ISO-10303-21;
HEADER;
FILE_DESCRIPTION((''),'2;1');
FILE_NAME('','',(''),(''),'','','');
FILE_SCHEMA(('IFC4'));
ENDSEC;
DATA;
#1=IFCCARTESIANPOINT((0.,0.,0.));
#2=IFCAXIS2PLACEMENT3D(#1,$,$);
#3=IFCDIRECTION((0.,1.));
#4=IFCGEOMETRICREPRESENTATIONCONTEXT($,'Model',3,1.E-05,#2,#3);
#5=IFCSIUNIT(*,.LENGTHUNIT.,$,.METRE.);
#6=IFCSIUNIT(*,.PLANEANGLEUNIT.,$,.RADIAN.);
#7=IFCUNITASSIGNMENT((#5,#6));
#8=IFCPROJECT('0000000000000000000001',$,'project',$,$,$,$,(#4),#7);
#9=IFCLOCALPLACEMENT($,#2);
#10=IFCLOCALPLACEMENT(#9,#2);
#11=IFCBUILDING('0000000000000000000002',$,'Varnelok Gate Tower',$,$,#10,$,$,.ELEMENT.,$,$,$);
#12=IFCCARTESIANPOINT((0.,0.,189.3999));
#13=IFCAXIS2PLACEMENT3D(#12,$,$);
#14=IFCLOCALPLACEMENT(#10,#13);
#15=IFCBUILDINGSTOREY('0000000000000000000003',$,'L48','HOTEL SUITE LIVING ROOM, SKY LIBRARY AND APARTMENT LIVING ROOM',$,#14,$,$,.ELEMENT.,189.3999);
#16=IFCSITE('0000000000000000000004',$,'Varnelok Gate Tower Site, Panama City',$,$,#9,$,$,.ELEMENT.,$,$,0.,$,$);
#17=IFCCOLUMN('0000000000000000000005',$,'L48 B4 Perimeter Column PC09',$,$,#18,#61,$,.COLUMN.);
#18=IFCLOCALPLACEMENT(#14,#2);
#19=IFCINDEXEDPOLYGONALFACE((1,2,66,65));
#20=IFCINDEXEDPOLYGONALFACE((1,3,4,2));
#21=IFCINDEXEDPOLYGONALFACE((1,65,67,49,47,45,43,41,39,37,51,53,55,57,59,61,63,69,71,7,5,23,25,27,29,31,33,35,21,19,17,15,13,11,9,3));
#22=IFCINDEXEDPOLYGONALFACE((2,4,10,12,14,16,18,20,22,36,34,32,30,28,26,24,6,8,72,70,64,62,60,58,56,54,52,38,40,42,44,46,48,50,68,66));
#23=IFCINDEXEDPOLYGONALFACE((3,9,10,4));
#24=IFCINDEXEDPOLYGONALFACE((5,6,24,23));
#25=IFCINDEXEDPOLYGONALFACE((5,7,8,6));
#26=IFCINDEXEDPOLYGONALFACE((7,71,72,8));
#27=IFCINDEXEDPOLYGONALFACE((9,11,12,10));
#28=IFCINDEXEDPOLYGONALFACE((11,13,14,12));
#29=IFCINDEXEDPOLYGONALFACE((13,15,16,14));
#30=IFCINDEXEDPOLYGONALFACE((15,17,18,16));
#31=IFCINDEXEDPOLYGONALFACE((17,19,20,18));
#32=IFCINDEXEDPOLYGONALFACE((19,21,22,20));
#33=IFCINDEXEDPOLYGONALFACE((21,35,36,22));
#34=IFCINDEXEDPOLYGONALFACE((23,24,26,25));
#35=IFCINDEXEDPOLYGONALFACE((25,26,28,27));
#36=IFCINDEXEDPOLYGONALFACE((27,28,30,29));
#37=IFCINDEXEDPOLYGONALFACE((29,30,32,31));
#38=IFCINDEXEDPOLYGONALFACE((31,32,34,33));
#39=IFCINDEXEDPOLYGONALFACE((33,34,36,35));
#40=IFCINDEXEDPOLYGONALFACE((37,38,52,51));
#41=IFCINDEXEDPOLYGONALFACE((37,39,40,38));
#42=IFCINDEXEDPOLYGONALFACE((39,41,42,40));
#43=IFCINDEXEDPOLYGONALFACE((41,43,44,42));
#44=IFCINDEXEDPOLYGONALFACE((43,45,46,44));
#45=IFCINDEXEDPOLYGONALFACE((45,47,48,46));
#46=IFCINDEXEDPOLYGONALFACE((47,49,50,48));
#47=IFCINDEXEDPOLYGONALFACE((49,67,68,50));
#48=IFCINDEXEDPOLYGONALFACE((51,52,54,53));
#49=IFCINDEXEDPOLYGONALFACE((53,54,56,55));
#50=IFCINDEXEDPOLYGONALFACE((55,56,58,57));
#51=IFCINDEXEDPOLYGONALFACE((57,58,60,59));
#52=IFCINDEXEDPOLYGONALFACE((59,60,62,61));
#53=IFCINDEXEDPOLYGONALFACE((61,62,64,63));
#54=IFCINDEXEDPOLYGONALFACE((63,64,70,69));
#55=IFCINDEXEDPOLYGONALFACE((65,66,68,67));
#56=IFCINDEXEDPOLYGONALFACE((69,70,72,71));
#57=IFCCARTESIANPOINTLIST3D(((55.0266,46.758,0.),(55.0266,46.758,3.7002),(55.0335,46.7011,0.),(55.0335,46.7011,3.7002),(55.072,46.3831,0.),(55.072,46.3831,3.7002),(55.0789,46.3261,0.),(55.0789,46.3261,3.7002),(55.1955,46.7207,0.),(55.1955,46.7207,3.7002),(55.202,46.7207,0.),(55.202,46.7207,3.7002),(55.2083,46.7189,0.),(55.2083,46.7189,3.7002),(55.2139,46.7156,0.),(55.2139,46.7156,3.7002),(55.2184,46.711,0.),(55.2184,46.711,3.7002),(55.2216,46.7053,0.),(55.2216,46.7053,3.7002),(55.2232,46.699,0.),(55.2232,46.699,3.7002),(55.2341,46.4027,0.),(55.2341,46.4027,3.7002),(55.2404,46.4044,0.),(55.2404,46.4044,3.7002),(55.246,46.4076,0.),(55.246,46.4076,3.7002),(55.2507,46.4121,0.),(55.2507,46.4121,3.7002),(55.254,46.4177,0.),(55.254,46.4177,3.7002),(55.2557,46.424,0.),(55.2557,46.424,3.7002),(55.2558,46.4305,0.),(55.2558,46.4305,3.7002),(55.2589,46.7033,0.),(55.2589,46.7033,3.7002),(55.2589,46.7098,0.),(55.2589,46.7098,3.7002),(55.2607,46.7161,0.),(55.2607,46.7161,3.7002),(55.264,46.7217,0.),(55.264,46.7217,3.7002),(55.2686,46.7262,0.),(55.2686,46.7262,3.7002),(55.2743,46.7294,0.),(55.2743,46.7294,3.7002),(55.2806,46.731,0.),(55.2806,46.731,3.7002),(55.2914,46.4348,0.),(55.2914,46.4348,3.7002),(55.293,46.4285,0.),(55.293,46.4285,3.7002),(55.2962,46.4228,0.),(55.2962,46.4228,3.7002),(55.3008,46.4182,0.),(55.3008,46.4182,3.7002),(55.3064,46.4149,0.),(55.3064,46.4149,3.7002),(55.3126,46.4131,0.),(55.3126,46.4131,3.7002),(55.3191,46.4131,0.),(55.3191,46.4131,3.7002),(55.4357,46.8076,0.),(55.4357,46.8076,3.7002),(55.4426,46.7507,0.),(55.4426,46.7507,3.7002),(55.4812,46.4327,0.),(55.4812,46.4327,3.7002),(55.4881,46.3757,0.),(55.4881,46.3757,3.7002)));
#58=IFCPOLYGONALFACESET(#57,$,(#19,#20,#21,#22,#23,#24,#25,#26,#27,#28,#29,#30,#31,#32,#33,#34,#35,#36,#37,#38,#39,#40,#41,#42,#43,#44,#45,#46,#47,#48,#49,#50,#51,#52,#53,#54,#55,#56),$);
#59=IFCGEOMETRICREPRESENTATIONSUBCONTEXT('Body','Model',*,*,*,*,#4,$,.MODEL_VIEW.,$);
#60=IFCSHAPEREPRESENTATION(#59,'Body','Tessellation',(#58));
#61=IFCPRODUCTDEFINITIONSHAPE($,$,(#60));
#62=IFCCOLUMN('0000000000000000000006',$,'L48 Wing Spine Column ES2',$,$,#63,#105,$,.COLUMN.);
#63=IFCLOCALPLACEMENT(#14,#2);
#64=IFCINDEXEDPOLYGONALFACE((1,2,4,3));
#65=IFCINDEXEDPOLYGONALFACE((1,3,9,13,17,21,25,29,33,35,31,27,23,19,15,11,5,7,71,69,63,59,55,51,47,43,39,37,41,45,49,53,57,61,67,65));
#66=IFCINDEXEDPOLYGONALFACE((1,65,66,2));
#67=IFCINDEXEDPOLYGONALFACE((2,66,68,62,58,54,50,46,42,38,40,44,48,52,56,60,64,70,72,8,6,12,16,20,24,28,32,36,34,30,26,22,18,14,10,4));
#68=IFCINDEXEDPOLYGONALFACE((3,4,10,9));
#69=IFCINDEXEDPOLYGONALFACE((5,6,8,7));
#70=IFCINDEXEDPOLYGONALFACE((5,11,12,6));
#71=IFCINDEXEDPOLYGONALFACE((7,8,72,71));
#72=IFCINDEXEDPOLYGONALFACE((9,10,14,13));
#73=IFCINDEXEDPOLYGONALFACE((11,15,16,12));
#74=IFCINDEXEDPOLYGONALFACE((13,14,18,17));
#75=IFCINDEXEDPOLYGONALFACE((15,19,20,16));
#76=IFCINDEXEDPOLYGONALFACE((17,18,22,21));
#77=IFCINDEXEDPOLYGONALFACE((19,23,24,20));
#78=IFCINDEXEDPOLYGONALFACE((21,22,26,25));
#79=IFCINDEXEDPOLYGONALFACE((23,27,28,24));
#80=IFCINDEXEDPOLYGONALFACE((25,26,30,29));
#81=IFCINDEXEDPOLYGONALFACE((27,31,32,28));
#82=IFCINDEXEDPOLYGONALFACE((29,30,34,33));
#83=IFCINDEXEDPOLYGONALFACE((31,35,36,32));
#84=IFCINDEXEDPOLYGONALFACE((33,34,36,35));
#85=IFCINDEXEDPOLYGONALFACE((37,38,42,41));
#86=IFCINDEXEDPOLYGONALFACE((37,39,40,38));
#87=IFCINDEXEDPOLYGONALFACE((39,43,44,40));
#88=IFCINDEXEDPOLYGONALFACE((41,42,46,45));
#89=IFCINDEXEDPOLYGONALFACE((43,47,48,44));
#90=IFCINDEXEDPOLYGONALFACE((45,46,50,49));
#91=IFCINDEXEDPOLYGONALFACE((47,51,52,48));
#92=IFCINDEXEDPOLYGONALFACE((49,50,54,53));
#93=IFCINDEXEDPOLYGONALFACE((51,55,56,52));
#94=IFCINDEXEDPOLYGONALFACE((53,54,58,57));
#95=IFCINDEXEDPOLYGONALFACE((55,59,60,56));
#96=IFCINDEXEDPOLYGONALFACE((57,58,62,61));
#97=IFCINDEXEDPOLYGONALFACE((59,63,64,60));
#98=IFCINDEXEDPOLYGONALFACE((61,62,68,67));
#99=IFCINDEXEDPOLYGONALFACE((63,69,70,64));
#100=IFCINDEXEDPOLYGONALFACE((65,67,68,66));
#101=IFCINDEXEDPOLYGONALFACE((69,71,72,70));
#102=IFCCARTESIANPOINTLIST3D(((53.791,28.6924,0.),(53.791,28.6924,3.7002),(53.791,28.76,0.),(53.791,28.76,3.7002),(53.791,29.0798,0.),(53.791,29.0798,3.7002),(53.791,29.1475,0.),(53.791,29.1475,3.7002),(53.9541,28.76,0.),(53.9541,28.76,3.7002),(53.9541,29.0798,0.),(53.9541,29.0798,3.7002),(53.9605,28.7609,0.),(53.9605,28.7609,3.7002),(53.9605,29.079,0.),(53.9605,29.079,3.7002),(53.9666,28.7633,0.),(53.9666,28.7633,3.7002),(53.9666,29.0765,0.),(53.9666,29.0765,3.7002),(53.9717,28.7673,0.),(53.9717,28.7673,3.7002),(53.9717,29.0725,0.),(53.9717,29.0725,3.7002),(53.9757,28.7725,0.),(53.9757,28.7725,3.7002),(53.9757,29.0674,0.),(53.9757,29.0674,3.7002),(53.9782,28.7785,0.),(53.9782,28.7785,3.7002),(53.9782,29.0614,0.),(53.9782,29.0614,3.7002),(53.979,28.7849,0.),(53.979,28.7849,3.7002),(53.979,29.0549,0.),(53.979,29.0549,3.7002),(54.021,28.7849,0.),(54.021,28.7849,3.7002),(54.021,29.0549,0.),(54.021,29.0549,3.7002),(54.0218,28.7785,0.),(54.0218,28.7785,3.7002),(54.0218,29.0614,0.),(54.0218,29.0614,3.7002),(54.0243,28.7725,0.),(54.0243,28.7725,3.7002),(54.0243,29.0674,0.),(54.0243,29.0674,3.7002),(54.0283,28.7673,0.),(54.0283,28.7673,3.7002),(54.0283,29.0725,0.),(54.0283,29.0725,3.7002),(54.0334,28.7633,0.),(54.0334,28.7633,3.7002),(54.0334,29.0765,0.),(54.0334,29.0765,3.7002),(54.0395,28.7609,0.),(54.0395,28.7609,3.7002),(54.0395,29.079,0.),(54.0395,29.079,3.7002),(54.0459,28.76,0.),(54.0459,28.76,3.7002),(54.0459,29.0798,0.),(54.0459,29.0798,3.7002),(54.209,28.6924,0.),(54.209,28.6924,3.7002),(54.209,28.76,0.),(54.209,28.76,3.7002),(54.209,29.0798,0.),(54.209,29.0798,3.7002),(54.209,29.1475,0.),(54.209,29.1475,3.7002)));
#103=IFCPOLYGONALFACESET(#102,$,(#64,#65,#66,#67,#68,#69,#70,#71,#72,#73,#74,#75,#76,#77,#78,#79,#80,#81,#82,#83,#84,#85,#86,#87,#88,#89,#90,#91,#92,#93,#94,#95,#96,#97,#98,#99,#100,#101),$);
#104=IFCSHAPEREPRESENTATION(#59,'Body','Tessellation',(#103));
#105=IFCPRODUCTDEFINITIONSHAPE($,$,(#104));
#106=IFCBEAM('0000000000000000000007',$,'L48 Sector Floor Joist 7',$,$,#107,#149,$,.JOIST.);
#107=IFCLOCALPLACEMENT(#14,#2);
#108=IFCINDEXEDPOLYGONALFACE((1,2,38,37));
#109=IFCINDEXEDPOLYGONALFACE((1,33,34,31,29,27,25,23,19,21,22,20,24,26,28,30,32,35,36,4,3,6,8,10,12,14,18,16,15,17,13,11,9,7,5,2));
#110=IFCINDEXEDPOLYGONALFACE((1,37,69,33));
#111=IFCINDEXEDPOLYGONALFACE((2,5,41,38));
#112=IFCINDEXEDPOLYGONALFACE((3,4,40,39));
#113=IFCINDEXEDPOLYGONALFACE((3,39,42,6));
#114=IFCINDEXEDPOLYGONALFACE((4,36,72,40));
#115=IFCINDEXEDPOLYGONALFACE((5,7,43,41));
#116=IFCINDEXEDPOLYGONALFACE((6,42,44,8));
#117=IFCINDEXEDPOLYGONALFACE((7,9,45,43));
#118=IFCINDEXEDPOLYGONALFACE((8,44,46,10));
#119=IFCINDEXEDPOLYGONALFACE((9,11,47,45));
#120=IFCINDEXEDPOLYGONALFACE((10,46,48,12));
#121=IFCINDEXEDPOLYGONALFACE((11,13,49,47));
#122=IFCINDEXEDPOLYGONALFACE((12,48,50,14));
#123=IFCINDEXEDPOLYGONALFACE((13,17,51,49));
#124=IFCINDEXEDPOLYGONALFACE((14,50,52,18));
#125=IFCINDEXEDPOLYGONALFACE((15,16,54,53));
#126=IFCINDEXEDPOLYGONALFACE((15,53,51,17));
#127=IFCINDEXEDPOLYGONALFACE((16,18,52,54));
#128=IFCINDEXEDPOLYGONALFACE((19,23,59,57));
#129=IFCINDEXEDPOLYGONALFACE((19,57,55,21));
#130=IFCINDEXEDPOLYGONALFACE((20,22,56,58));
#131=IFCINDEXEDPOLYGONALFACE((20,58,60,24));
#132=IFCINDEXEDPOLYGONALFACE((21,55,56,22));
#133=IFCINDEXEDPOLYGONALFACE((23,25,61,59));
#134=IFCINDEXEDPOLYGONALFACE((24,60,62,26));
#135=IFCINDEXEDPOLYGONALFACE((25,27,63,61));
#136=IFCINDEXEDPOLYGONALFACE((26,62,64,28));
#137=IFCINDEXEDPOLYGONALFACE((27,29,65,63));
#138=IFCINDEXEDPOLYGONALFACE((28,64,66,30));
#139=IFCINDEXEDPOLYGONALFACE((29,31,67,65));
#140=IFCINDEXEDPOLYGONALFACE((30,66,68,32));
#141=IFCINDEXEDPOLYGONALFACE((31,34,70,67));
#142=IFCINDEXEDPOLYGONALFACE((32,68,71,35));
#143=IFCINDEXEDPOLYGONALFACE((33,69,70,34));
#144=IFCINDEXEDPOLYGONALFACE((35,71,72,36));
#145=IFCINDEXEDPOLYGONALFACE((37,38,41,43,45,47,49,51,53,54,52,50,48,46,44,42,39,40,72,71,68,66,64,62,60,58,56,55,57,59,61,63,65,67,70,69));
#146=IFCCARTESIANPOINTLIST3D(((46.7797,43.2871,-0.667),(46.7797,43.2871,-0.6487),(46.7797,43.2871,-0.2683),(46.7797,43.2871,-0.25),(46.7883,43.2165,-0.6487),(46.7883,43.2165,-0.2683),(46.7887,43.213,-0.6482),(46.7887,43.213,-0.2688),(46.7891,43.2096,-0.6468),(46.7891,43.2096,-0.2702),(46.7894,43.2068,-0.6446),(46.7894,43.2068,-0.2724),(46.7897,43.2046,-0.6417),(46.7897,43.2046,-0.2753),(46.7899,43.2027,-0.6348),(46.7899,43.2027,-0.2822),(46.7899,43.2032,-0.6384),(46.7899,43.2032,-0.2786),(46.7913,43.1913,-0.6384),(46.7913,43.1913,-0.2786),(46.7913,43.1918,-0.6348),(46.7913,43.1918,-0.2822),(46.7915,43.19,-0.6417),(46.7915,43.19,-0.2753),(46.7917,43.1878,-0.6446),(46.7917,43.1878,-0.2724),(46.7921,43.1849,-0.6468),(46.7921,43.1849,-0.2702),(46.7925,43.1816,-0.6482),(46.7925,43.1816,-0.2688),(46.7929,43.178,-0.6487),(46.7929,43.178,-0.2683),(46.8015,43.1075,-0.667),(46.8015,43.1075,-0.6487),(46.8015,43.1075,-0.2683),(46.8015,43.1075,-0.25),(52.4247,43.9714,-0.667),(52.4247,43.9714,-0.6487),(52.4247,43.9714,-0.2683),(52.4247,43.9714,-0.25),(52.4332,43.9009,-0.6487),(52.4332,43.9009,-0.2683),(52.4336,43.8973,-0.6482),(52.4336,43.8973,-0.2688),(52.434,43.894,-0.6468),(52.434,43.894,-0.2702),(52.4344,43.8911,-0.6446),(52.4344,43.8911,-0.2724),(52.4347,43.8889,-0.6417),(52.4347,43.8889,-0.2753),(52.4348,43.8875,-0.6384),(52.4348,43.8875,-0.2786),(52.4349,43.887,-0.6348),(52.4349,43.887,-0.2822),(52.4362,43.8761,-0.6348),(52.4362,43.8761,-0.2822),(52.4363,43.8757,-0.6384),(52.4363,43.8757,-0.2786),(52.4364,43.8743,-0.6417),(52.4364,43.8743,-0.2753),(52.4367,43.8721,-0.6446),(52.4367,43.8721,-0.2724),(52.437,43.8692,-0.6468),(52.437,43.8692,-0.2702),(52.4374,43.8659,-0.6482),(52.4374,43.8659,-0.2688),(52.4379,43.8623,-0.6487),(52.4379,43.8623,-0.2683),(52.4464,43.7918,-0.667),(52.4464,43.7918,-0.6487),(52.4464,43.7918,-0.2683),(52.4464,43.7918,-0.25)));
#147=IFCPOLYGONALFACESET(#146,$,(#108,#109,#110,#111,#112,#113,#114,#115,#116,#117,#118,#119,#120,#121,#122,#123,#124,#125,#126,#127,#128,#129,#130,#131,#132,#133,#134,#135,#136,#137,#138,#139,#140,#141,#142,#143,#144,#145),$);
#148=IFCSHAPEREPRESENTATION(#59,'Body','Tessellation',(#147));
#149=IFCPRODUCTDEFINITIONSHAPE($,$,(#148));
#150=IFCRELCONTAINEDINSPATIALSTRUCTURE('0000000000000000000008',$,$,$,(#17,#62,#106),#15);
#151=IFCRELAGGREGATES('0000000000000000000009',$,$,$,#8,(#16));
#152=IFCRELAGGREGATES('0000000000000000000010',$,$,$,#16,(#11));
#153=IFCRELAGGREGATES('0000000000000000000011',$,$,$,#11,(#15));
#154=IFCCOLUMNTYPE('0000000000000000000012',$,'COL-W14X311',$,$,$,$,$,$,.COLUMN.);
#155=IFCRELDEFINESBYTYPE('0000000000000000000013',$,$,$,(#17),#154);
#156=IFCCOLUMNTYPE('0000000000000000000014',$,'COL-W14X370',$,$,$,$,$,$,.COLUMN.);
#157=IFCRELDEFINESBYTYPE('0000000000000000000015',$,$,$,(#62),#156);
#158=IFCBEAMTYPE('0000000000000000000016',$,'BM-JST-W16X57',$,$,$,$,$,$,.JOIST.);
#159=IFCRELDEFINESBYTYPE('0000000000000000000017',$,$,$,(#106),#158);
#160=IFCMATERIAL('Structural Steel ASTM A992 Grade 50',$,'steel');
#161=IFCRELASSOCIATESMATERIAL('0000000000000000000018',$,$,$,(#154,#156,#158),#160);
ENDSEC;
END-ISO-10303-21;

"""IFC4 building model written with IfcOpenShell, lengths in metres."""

from ifc_helpers import new_model, si_unit, direction, frame, origin, origin_2d, place, context, subcontext, project, spatial, i_section, extrude, material, material_profile, profile_set, type_object, element, save


model = new_model("IFC4")

# Units and contexts
model_context = context("Model", 3, precision=1e-05, world=origin(), true_north=direction((0.0, 1.0)))
body_context = subcontext(model_context, "Body", "Model", "MODEL_VIEW")
ifc_project = project(units=[si_unit("LENGTHUNIT", "METRE"), si_unit("PLANEANGLEUNIT", "RADIAN")], contexts=[model_context])

# Site, building, storey
site_placement = place(None, origin())
site = spatial("IfcSite", under=ifc_project, at=site_placement, Name="Varnelok Gate Tower Site, Panama City", CompositionType="ELEMENT", RefElevation=0.0)
building_placement = place(site_placement, origin())
building = spatial("IfcBuilding", under=site, at=building_placement, Name="Varnelok Gate Tower", CompositionType="ELEMENT")
storey_placement = place(building_placement, frame((0.0, 0.0, 189.3999)))
storey = spatial("IfcBuildingStorey", under=building, at=storey_placement, Name="L48", Description="HOTEL SUITE LIVING ROOM, SKY LIBRARY AND APARTMENT LIVING ROOM", CompositionType="ELEMENT", Elevation=189.3999)

# Columns
ifc_material_1 = material(Name="Structural Steel ASTM A992 Grade 50", Category="steel")
ifc_material_profile_1 = material_profile(ifc_material_1, i_section(OverallWidth=0.4121, OverallDepth=0.4351, WebThickness=0.0359, FlangeThickness=0.0574, FilletRadius=0.0249, at=origin_2d()), Name="W14X311")
ifc_profile_set_1 = profile_set([ifc_material_profile_1], Name="Structural Steel ASTM A992 Grade 50")
column_type_1 = type_object("IfcColumnType", Name="COL-W14X311", PredefinedType="COLUMN", material=ifc_profile_set_1)
column_1_placement = place(storey_placement, frame((55.2573, 46.5669, 0.0), z_axis=(0.0, 0.0, 1.0), x_axis=(0.992732, 0.120345, 0.0)))
element("IfcColumn", 1, at=column_1_placement, inside=storey, type_object=column_type_1, Name="L48 B4 Perimeter Column PC09", PredefinedType="COLUMN", context=body_context, shape_type="SweptSolid", body=[
    extrude(i_section(OverallWidth=0.4121, OverallDepth=0.4351, WebThickness=0.0359, FlangeThickness=0.0574, FilletRadius=0.0249, at=origin_2d()), origin(), (0.0, 0.0, 1.0), 3.7002),
])
ifc_material_profile_2 = material_profile(ifc_material_1, i_section(OverallWidth=0.418, OverallDepth=0.4551, WebThickness=0.042, FlangeThickness=0.0676, FilletRadius=0.0249, at=origin_2d()), Name="W14X370")
ifc_profile_set_2 = profile_set([ifc_material_profile_2], Name="Structural Steel ASTM A992 Grade 50")
column_type_2 = type_object("IfcColumnType", Name="COL-W14X370", PredefinedType="COLUMN", material=ifc_profile_set_2)
column_2_placement = place(storey_placement, frame((54.0, 28.9199, 0.0), z_axis=(0.0, 0.0, 1.0), x_axis=(1.0, 0.0, 0.0)))
element("IfcColumn", 2, at=column_2_placement, inside=storey, type_object=column_type_2, Name="L48 Wing Spine Column ES2", PredefinedType="COLUMN", context=body_context, shape_type="SweptSolid", body=[
    extrude(i_section(OverallWidth=0.418, OverallDepth=0.4551, WebThickness=0.042, FlangeThickness=0.0676, FilletRadius=0.0249, at=origin_2d()), origin(), (0.0, 0.0, 1.0), 3.7002),
])

# Beam
ifc_material_profile_3 = material_profile(ifc_material_1, i_section(OverallWidth=0.1809, OverallDepth=0.417, WebThickness=0.011, FlangeThickness=0.0183, FilletRadius=0.0139, at=origin_2d()), Name="W16X57")
ifc_profile_set_3 = profile_set([ifc_material_profile_3], Name="Structural Steel ASTM A992 Grade 50")
beam_type_1 = type_object("IfcBeamType", Name="BM-JST-W16X57", PredefinedType="JOIST", material=ifc_profile_set_3)
beam_1_placement = place(storey_placement, frame((52.4355, 43.8816, -0.4585), z_axis=(-0.992732, -0.120345, 0.0), x_axis=(0.120345, -0.992732, 0.0)))
element("IfcBeam", 3, at=beam_1_placement, inside=storey, type_object=beam_type_1, Name="L48 Sector Floor Joist 7", PredefinedType="JOIST", context=body_context, shape_type="SweptSolid", body=[
    extrude(i_section(OverallWidth=0.1809, OverallDepth=0.417, WebThickness=0.011, FlangeThickness=0.0183, FilletRadius=0.0139, at=origin_2d()), origin(), (0.0, 0.0, 1.0), 5.6863),
])

save(model, "model.ifc")
